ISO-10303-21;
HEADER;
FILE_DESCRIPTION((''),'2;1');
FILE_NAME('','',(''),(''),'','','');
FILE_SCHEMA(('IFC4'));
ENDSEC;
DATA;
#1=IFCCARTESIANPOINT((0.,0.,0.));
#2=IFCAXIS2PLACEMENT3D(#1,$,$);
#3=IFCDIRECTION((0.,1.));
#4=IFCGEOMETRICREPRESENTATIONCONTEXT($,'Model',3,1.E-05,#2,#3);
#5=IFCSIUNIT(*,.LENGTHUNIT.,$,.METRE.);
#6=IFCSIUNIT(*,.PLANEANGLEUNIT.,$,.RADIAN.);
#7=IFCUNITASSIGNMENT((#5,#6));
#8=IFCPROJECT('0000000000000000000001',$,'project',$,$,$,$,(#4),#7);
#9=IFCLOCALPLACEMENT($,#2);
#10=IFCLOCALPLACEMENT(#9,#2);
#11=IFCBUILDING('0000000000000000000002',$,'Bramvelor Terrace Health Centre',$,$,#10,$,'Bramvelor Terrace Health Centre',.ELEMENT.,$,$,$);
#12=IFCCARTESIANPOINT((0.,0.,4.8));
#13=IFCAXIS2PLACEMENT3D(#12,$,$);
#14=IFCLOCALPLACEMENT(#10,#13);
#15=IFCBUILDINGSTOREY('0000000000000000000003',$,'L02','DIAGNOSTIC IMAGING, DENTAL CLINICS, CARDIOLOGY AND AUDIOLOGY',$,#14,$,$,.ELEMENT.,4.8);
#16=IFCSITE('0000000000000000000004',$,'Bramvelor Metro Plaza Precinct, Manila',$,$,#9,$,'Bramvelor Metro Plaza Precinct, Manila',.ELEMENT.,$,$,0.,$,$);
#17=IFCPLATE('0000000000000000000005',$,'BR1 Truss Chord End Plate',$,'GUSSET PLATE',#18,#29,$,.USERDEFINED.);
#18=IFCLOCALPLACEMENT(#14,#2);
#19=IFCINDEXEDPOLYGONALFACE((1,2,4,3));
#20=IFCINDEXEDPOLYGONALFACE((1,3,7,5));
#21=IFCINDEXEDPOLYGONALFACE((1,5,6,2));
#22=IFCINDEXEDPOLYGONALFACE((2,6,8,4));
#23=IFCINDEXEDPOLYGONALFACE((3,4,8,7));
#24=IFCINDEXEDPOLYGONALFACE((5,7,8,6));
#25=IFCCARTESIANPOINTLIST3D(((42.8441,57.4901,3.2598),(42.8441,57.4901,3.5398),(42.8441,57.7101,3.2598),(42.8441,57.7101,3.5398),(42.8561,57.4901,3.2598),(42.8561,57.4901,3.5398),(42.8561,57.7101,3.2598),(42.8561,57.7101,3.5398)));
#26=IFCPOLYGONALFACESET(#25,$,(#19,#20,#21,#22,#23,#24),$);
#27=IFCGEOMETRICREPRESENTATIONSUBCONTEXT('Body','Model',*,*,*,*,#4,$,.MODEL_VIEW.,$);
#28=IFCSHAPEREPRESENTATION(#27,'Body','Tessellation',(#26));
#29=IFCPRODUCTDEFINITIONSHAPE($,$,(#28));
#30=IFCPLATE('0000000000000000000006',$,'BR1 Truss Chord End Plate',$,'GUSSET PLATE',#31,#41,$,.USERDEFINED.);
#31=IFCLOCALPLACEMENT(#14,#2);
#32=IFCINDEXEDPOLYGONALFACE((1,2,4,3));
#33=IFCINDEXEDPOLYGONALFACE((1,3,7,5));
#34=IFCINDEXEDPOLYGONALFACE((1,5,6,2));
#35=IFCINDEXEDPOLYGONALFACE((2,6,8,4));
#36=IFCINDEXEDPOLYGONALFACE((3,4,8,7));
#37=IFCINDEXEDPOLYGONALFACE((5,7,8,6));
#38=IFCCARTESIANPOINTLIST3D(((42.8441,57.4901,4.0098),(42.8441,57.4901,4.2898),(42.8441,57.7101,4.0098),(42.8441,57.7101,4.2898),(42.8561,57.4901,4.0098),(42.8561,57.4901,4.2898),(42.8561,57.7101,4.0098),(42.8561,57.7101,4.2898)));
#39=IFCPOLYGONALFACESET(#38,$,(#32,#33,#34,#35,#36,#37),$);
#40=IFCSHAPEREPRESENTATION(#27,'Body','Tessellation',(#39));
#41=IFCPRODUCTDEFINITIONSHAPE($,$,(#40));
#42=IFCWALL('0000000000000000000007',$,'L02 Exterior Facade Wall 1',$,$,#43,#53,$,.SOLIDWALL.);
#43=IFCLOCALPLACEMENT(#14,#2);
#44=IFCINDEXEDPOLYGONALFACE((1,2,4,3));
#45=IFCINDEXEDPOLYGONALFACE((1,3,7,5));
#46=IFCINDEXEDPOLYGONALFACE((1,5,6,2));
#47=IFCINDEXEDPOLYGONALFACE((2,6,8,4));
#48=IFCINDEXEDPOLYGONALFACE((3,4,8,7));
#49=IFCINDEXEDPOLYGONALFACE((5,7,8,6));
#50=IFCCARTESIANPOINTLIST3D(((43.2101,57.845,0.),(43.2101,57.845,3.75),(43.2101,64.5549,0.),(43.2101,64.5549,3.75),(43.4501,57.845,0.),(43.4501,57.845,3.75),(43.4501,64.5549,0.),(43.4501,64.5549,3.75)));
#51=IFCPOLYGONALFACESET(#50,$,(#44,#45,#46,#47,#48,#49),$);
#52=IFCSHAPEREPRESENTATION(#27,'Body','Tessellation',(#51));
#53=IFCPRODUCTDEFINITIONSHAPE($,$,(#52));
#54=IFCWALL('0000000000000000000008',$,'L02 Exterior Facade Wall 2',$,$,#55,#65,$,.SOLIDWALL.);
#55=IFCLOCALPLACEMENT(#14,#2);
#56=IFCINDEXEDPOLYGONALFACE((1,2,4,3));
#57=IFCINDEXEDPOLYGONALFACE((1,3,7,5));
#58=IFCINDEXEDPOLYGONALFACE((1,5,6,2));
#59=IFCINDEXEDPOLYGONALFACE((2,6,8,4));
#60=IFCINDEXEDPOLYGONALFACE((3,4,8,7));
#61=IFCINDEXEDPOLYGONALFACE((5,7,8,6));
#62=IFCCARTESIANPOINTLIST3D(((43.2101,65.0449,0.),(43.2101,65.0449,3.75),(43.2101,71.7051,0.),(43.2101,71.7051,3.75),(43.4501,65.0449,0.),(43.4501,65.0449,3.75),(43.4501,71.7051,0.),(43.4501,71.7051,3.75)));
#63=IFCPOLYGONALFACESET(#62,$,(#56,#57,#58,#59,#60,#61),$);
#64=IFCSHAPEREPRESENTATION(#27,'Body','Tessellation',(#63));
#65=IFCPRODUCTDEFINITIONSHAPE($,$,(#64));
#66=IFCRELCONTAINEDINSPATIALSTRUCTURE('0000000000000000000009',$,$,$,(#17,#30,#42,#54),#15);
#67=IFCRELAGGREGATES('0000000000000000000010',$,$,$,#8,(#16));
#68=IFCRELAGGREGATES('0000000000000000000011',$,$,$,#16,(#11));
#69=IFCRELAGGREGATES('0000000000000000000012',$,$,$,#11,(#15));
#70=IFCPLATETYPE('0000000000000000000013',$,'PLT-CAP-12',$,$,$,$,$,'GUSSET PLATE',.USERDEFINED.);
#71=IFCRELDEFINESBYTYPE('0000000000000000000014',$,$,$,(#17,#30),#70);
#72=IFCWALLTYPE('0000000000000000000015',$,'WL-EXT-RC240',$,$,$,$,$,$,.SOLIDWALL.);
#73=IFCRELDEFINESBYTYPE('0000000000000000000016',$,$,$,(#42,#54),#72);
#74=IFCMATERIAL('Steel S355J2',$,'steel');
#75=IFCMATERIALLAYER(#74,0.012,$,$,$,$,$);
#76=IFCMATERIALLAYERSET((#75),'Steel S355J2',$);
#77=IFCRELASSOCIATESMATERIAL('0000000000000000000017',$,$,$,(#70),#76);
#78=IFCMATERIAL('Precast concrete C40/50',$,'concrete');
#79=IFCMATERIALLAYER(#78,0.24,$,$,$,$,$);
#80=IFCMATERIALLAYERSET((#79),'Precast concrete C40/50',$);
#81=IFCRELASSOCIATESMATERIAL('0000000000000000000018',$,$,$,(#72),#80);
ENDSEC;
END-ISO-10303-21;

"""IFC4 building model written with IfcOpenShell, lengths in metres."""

from ifc_helpers import new_model, si_unit, direction, frame, frame_2d, origin, origin_2d, place, context, subcontext, project, spatial, rectangle, extrude, material, layer, layer_set, type_object, element, save


model = new_model("IFC4")

# Units and contexts
model_context = context("Model", 3, precision=1e-05, world=origin(), true_north=direction((0.0, 1.0)))
body_context = subcontext(model_context, "Body", "Model", "MODEL_VIEW")
ifc_project = project(units=[si_unit("LENGTHUNIT", "METRE"), si_unit("PLANEANGLEUNIT", "RADIAN")], contexts=[model_context])

# Site, building, storey
site_placement = place(None, origin())
site = spatial("IfcSite", under=ifc_project, at=site_placement, Name="Bramvelor Metro Plaza Precinct, Manila", LongName="Bramvelor Metro Plaza Precinct, Manila", CompositionType="ELEMENT", RefElevation=0.0)
building_placement = place(site_placement, origin())
building = spatial("IfcBuilding", under=site, at=building_placement, Name="Bramvelor Terrace Health Centre", LongName="Bramvelor Terrace Health Centre", CompositionType="ELEMENT")
storey_placement = place(building_placement, frame((0.0, 0.0, 4.8)))
storey = spatial("IfcBuildingStorey", under=building, at=storey_placement, Name="L02", Description="DIAGNOSTIC IMAGING, DENTAL CLINICS, CARDIOLOGY AND AUDIOLOGY", CompositionType="ELEMENT", Elevation=4.8)

# Plates
ifc_material_1 = material(Name="Steel S355J2", Category="steel")
ifc_layer_1 = layer(ifc_material_1, 0.012)
ifc_layer_set_1 = layer_set([ifc_layer_1], Name="Steel S355J2")
plate_type = type_object("IfcPlateType", Name="PLT-CAP-12", ElementType="GUSSET PLATE", PredefinedType="USERDEFINED", material=ifc_layer_set_1)
for number, where, z_axis, x_axis, name in (
    (1, (42.8501, 57.6001, 3.2598), (0.0, 0.0, 1.0), (1.0, 0.0, 0.0), "BR1 Truss Chord End Plate"),
    (2, (42.8501, 57.6001, 4.0098), (0.0, 0.0, 1.0), (1.0, 0.0, 0.0), "BR1 Truss Chord End Plate"),
):
    element("IfcPlate", number, at=place(storey_placement, frame(where, z_axis=z_axis, x_axis=x_axis)), inside=storey, type_object=plate_type, Name=name, ObjectType="GUSSET PLATE", PredefinedType="USERDEFINED", context=body_context, shape_type="SweptSolid", body=[
        extrude(rectangle(XDim=0.012, YDim=0.22, at=origin_2d()), origin(), (0.0, 0.0, 1.0), 0.28),
    ])

# Walls
ifc_material_2 = material(Name="Precast concrete C40/50", Category="concrete")
ifc_layer_2 = layer(ifc_material_2, 0.24)
ifc_layer_set_2 = layer_set([ifc_layer_2], Name="Precast concrete C40/50")
wall_type = type_object("IfcWallType", Name="WL-EXT-RC240", PredefinedType="SOLIDWALL", material=ifc_layer_set_2)
wall_1_placement = place(storey_placement, frame((43.3301, 57.845, 0.0), z_axis=(0.0, 0.0, 1.0), x_axis=(0.0, 1.0, 0.0)))
element("IfcWall", 3, at=wall_1_placement, inside=storey, type_object=wall_type, Name="L02 Exterior Facade Wall 1", PredefinedType="SOLIDWALL", context=body_context, shape_type="SweptSolid", body=[
    extrude(rectangle(XDim=6.71, YDim=0.24, at=frame_2d((3.355, 0.0))), origin(), (0.0, 0.0, 1.0), 3.75),
])
wall_2_placement = place(storey_placement, frame((43.3301, 65.0449, 0.0), z_axis=(0.0, 0.0, 1.0), x_axis=(0.0, 1.0, 0.0)))
element("IfcWall", 4, at=wall_2_placement, inside=storey, type_object=wall_type, Name="L02 Exterior Facade Wall 2", PredefinedType="SOLIDWALL", context=body_context, shape_type="SweptSolid", body=[
    extrude(rectangle(XDim=6.6602, YDim=0.24, at=frame_2d((3.3301, 0.0))), origin(), (0.0, 0.0, 1.0), 3.75),
])

save(model, "model.ifc")
